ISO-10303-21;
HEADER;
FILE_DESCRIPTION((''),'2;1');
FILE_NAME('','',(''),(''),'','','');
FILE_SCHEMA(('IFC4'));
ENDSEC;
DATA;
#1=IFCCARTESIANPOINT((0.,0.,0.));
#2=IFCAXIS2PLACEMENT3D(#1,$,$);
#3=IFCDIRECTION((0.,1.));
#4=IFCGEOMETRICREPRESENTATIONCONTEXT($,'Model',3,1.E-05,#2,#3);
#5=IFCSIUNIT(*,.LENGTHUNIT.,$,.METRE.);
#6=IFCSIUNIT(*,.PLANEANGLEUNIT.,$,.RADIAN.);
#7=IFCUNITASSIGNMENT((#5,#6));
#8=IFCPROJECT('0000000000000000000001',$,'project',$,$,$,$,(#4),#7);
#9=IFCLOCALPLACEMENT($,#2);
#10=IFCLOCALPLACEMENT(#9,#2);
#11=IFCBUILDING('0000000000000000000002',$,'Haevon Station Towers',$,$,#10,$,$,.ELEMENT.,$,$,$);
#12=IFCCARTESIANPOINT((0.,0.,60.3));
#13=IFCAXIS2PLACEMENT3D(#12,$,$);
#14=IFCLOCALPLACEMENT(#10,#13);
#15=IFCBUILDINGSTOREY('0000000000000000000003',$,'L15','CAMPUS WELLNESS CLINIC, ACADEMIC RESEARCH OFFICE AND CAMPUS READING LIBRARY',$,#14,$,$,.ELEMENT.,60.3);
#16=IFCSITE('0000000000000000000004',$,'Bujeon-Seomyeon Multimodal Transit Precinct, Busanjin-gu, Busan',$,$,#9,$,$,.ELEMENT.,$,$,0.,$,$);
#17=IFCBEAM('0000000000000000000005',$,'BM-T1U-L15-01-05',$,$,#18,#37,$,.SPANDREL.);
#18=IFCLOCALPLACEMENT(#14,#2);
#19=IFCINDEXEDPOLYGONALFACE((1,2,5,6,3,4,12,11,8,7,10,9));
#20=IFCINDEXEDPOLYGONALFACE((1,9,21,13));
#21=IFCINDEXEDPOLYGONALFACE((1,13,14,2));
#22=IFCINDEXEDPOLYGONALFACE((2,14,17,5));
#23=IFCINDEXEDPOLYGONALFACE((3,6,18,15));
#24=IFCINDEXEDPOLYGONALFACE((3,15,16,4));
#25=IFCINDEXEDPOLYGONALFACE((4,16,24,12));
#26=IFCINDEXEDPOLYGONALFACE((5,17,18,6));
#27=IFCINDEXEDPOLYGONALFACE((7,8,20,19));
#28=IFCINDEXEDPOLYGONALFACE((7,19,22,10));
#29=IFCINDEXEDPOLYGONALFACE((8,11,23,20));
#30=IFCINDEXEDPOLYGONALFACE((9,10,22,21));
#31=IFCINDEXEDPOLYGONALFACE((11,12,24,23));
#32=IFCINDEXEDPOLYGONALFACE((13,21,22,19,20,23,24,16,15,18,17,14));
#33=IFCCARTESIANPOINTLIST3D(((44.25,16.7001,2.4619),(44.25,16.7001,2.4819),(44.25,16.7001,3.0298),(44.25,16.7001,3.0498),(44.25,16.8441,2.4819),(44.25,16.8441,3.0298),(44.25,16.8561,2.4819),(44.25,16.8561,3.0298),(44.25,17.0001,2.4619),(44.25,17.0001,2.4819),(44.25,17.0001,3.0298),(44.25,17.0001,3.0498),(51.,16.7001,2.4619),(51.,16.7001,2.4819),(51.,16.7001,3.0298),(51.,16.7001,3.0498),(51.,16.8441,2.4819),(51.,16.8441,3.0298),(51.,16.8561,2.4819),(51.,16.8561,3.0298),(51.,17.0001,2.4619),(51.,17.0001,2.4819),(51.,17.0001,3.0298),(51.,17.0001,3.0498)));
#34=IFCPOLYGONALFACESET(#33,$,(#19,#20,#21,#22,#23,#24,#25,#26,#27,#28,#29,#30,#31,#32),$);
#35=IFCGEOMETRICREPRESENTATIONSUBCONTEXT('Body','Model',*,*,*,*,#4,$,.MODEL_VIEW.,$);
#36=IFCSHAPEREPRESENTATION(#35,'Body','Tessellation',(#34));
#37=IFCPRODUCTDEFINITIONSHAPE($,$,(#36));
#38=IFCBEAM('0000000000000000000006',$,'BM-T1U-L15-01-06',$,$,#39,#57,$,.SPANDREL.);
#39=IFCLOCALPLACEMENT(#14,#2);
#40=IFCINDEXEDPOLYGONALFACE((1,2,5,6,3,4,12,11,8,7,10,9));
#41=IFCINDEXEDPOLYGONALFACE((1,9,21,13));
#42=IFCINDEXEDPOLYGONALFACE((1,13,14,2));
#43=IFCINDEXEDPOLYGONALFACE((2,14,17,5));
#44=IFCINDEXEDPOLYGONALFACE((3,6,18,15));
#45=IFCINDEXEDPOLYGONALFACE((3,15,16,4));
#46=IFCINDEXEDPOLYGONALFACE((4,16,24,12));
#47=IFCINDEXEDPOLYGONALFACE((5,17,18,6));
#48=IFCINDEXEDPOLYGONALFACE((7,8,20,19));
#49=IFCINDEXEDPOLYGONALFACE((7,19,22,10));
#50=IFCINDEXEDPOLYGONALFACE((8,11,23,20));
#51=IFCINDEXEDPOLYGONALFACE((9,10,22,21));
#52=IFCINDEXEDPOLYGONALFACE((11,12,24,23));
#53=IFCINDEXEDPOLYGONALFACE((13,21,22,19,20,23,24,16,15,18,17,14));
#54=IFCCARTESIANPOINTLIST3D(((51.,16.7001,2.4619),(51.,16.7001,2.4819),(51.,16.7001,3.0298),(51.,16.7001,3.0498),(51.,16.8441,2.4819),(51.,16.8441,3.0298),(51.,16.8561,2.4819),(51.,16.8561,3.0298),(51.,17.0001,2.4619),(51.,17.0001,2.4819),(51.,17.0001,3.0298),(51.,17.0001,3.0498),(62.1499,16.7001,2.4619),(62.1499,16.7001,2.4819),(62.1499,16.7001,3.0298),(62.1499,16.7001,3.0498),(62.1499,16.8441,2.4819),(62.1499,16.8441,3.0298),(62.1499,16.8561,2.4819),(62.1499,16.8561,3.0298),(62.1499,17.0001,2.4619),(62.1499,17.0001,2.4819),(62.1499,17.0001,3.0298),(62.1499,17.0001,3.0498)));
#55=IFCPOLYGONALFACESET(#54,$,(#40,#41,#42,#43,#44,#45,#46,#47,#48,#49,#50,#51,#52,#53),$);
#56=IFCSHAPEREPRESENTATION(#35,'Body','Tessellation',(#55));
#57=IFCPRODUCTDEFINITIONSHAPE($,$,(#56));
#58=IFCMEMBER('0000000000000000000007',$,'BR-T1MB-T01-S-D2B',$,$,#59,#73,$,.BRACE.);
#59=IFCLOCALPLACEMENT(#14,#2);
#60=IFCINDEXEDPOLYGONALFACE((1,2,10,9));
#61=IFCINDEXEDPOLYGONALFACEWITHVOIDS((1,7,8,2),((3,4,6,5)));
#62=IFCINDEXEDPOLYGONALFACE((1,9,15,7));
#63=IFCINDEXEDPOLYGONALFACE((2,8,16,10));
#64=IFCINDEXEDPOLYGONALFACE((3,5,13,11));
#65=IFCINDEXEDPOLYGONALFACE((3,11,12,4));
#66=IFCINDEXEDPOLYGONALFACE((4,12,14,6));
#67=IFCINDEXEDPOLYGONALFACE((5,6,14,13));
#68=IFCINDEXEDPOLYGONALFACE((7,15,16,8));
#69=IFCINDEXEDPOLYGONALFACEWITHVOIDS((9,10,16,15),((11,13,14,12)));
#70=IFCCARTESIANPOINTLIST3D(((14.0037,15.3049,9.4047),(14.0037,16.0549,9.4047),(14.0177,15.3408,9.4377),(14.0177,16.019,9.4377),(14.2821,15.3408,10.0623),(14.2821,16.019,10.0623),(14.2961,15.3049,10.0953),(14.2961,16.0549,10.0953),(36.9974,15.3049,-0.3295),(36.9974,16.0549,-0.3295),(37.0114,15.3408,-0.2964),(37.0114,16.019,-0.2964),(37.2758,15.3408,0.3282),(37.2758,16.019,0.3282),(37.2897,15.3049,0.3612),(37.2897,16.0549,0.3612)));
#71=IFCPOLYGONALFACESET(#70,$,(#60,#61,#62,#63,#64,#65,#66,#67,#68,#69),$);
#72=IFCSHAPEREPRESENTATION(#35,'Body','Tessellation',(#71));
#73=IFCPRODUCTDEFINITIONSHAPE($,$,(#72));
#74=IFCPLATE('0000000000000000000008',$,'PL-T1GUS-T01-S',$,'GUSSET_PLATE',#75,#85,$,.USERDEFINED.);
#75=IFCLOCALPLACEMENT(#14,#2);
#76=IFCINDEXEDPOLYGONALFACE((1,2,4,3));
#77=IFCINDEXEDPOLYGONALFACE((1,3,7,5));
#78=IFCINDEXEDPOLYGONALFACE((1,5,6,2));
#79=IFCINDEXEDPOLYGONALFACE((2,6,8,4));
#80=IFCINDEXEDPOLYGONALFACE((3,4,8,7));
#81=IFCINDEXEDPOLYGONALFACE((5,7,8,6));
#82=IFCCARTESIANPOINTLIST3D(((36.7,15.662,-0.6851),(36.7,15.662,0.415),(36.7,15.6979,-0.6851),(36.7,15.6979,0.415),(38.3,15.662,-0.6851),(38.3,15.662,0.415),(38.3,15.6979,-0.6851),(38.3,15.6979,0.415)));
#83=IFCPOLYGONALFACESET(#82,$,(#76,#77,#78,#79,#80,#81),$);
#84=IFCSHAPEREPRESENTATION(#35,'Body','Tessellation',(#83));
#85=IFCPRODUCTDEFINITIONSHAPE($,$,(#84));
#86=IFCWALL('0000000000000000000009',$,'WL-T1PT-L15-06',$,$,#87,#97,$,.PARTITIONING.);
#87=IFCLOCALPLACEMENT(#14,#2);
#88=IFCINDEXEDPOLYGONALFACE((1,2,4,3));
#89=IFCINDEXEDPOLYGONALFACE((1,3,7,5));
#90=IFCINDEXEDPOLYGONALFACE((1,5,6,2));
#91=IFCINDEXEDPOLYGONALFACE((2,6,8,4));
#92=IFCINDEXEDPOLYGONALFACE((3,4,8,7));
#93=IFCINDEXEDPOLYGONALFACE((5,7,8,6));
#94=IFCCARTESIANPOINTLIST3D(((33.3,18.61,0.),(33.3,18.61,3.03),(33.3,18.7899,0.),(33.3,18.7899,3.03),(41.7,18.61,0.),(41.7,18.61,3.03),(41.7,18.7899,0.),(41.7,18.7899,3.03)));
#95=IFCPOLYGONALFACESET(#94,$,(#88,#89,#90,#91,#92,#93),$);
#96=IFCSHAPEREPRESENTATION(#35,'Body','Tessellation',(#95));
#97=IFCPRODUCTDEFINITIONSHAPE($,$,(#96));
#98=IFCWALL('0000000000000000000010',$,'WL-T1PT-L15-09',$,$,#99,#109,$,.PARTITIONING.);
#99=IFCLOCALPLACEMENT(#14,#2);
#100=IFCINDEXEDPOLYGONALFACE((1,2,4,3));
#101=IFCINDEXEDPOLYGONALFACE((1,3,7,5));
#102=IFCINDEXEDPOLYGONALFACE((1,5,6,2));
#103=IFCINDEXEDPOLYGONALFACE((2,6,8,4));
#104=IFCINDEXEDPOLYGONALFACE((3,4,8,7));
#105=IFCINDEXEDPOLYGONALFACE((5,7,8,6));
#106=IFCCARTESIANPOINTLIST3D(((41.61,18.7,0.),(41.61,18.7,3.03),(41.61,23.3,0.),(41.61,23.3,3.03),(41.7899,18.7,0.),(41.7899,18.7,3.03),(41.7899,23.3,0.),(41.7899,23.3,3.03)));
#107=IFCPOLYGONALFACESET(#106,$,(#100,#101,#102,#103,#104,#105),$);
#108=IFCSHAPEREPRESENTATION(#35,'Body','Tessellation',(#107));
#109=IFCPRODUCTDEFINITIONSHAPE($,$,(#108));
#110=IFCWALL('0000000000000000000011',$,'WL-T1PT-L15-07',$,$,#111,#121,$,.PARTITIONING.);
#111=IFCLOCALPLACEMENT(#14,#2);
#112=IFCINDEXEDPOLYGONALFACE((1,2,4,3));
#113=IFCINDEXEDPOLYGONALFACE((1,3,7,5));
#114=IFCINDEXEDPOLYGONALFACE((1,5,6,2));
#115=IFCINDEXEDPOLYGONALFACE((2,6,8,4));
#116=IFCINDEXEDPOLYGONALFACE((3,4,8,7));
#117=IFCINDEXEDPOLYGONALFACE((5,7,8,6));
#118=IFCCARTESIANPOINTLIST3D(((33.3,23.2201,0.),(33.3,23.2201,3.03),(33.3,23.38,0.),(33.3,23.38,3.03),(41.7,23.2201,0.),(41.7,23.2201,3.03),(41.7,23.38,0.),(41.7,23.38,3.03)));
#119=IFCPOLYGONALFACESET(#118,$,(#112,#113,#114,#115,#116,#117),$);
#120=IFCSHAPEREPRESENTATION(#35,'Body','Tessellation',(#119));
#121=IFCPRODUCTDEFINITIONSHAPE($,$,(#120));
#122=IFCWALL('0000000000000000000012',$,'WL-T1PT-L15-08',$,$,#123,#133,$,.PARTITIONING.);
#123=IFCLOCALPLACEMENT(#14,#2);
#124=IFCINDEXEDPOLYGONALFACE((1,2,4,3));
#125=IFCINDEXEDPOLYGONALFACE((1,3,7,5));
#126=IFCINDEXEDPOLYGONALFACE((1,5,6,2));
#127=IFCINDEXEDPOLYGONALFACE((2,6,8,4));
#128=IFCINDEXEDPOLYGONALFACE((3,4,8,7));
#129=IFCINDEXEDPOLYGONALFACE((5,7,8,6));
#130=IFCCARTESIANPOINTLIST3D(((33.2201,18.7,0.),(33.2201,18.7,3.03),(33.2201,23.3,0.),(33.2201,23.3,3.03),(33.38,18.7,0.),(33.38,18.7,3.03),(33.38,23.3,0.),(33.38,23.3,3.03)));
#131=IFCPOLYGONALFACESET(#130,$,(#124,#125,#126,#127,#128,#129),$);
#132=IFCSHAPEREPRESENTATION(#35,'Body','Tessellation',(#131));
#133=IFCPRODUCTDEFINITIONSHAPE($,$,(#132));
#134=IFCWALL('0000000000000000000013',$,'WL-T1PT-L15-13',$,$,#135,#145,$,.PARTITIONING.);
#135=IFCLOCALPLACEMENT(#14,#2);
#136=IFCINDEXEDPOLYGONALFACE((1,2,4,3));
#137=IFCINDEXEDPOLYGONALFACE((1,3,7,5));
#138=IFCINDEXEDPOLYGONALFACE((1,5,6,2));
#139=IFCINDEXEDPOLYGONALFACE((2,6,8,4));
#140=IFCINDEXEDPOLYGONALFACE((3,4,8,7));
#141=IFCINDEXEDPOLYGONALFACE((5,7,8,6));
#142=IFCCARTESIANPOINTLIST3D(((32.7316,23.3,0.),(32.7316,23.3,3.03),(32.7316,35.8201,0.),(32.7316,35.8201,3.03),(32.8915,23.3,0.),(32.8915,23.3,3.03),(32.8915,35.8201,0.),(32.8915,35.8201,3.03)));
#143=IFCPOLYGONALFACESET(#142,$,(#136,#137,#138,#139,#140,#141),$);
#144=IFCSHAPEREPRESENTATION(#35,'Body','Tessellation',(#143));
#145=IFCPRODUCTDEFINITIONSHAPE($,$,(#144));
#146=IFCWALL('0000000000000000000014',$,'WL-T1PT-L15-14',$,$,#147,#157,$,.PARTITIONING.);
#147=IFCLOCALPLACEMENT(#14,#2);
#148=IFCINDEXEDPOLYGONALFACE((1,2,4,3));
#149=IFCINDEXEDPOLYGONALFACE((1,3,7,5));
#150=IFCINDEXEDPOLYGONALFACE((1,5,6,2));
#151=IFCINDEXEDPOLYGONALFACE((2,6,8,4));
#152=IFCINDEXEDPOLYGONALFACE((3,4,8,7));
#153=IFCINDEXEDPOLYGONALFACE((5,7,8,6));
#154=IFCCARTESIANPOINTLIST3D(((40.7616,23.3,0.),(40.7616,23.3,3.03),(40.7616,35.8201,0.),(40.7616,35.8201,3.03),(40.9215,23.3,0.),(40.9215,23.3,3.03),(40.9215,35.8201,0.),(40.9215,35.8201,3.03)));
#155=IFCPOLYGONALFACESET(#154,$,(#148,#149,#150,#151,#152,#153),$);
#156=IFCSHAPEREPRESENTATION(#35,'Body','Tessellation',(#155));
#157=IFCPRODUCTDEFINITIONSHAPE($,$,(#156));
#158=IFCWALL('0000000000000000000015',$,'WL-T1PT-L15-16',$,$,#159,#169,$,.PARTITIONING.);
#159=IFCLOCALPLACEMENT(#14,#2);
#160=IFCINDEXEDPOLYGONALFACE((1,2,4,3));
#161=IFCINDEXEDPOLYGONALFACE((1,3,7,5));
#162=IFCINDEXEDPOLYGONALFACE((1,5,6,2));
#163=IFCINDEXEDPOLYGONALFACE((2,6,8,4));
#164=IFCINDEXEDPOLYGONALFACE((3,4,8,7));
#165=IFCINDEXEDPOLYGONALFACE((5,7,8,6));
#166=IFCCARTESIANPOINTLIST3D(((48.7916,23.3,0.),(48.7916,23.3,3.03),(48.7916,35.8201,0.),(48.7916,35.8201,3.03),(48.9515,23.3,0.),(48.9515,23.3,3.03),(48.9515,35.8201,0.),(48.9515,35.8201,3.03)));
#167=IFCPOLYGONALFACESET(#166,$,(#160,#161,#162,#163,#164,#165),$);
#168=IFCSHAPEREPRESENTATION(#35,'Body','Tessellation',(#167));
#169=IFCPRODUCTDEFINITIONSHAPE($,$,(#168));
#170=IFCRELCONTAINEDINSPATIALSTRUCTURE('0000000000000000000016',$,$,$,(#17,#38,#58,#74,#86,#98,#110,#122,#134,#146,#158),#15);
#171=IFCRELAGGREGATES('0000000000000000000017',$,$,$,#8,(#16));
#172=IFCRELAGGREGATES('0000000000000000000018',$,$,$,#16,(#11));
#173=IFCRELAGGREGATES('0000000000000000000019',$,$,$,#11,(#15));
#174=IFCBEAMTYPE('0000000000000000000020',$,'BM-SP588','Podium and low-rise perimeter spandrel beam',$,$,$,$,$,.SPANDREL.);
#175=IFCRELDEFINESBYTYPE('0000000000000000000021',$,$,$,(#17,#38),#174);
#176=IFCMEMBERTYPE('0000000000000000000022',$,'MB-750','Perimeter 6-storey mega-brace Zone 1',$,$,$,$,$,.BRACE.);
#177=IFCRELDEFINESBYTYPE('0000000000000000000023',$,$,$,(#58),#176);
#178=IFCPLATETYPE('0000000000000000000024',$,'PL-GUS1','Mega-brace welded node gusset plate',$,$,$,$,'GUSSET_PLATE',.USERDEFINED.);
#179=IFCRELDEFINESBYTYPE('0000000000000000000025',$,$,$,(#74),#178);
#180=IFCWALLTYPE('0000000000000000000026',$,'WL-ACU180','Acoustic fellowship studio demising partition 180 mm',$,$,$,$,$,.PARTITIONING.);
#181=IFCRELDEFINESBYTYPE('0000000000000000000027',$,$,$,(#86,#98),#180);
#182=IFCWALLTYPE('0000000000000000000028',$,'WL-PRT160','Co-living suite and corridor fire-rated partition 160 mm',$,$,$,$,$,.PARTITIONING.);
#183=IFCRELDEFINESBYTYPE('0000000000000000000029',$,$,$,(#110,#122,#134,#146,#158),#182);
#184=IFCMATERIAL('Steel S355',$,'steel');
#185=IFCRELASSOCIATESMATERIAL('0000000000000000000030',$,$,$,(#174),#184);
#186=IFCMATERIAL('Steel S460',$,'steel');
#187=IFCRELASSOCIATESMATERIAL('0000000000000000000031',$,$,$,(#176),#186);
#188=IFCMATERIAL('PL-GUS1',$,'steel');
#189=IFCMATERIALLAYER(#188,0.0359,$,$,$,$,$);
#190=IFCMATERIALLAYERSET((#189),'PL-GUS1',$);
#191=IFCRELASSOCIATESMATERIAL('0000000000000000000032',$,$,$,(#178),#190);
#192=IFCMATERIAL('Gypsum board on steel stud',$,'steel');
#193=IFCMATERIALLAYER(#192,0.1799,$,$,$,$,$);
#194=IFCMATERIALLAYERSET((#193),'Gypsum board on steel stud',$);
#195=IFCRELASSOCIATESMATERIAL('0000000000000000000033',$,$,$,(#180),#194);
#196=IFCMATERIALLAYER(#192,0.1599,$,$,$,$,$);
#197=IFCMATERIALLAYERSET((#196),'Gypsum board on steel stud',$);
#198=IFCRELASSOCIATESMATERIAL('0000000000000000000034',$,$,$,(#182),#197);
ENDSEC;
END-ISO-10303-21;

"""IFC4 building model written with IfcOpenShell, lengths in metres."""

from ifc_helpers import new_model, si_unit, direction, frame, frame_2d, origin, origin_2d, place, context, subcontext, project, spatial, rectangle, hollow_rectangle, i_section, extrude, material, layer, layer_set, material_profile, profile_set, type_object, element, save


model = new_model("IFC4")

# Units and contexts
model_context = context("Model", 3, precision=1e-05, world=origin(), true_north=direction((0.0, 1.0)))
body_context = subcontext(model_context, "Body", "Model", "MODEL_VIEW")
ifc_project = project(units=[si_unit("LENGTHUNIT", "METRE"), si_unit("PLANEANGLEUNIT", "RADIAN")], contexts=[model_context])

# Site, building, storey
site_placement = place(None, origin())
site = spatial("IfcSite", under=ifc_project, at=site_placement, Name="Bujeon-Seomyeon Multimodal Transit Precinct, Busanjin-gu, Busan", CompositionType="ELEMENT", RefElevation=0.0)
building_placement = place(site_placement, origin())
building = spatial("IfcBuilding", under=site, at=building_placement, Name="Haevon Station Towers", CompositionType="ELEMENT")
storey_placement = place(building_placement, frame((0.0, 0.0, 60.3)))
storey = spatial("IfcBuildingStorey", under=building, at=storey_placement, Name="L15", Description="CAMPUS WELLNESS CLINIC, ACADEMIC RESEARCH OFFICE AND CAMPUS READING LIBRARY", CompositionType="ELEMENT", Elevation=60.3)

# Shared definitions
ifc_material_1 = material(Name="Steel S460", Category="steel")

# Beams
ifc_material_2 = material(Name="Steel S355", Category="steel")
ifc_material_profile_1 = material_profile(ifc_material_2, i_section(OverallWidth=0.3, OverallDepth=0.5879, WebThickness=0.012, FlangeThickness=0.02, at=origin_2d()), Name="H-588x300x12x20")
ifc_profile_set_1 = profile_set([ifc_material_profile_1], Name="Steel S355")
beam_type_1 = type_object("IfcBeamType", Name="BM-SP588", Description="Podium and low-rise perimeter spandrel beam", PredefinedType="SPANDREL", material=ifc_profile_set_1)
for number, where, z_axis, x_axis, name in (
    (1, (44.25, 16.8501, 2.7559), (1.0, 0.0, 0.0), (0.0, 1.0, 0.0), "BM-T1U-L15-01-05"),
):
    element("IfcBeam", number, at=place(storey_placement, frame(where, z_axis=z_axis, x_axis=x_axis)), inside=storey, type_object=beam_type_1, Name=name, PredefinedType="SPANDREL", context=body_context, shape_type="SweptSolid", body=[
        extrude(i_section(OverallWidth=0.3, OverallDepth=0.5879, WebThickness=0.012, FlangeThickness=0.02, at=origin_2d()), origin(), (0.0, 0.0, 1.0), 6.75),
    ])
beam_1_placement = place(storey_placement, frame((51.0, 16.8501, 2.7559), z_axis=(1.0, 0.0, 0.0), x_axis=(0.0, 1.0, 0.0)))
element("IfcBeam", 2, at=beam_1_placement, inside=storey, type_object=beam_type_1, Name="BM-T1U-L15-01-06", PredefinedType="SPANDREL", context=body_context, shape_type="SweptSolid", body=[
    extrude(i_section(OverallWidth=0.3, OverallDepth=0.5879, WebThickness=0.012, FlangeThickness=0.02, at=origin_2d()), origin(), (0.0, 0.0, 1.0), 11.1499),
])

# Member
ifc_material_profile_2 = material_profile(ifc_material_1, hollow_rectangle(XDim=0.75, YDim=0.75, WallThickness=0.0359, at=origin_2d()), Name="RHS-750x750x36")
ifc_profile_set_2 = profile_set([ifc_material_profile_2], Name="Steel S460")
member_type = type_object("IfcMemberType", Name="MB-750", Description="Perimeter 6-storey mega-brace Zone 1", PredefinedType="BRACE", material=ifc_profile_set_2)
member_placement = place(storey_placement, frame((37.1436, 15.6799, 0.0159), z_axis=(-0.92088, 0.0, 0.389845), x_axis=(0.0, -1.0, 0.0)))
element("IfcMember", 3, at=member_placement, inside=storey, type_object=member_type, Name="BR-T1MB-T01-S-D2B", PredefinedType="BRACE", context=body_context, shape_type="SweptSolid", body=[
    extrude(hollow_rectangle(XDim=0.75, YDim=0.75, WallThickness=0.0359, at=origin_2d()), origin(), (0.0, 0.0, 1.0), 24.9692),
])

# Plate
ifc_material_3 = material(Name="PL-GUS1", Category="steel")
ifc_layer_1 = layer(ifc_material_3, 0.0359)
ifc_layer_set_1 = layer_set([ifc_layer_1], Name="PL-GUS1")
plate_type = type_object("IfcPlateType", Name="PL-GUS1", Description="Mega-brace welded node gusset plate", ElementType="GUSSET_PLATE", PredefinedType="USERDEFINED", material=ifc_layer_set_1)
plate_placement = place(storey_placement, frame((37.5, 15.6799, -0.6851), z_axis=(0.0, 0.0, 1.0), x_axis=(1.0, 0.0, 0.0)))
element("IfcPlate", 4, at=plate_placement, inside=storey, type_object=plate_type, Name="PL-T1GUS-T01-S", ObjectType="GUSSET_PLATE", PredefinedType="USERDEFINED", context=body_context, shape_type="SweptSolid", body=[
    extrude(rectangle(XDim=1.6001, YDim=0.0359, at=origin_2d()), origin(), (0.0, 0.0, 1.0), 1.1001),
])

# Walls
ifc_material_4 = material(Name="Gypsum board on steel stud", Category="steel")
ifc_layer_2 = layer(ifc_material_4, 0.1799)
ifc_layer_set_2 = layer_set([ifc_layer_2], Name="Gypsum board on steel stud")
wall_type_1 = type_object("IfcWallType", Name="WL-ACU180", Description="Acoustic fellowship studio demising partition 180 mm", PredefinedType="PARTITIONING", material=ifc_layer_set_2)
wall_1_placement = place(storey_placement, frame((33.3, 18.7, 0.0), z_axis=(0.0, 0.0, 1.0), x_axis=(1.0, 0.0, 0.0)))
element("IfcWall", 5, at=wall_1_placement, inside=storey, type_object=wall_type_1, Name="WL-T1PT-L15-06", PredefinedType="PARTITIONING", context=body_context, shape_type="SweptSolid", body=[
    extrude(rectangle(XDim=8.3999, YDim=0.1799, at=frame_2d((4.2, 0.0))), origin(), (0.0, 0.0, 1.0), 3.03),
])
wall_2_placement = place(storey_placement, frame((41.7, 18.7, 0.0), z_axis=(0.0, 0.0, 1.0), x_axis=(0.0, 1.0, 0.0)))
element("IfcWall", 6, at=wall_2_placement, inside=storey, type_object=wall_type_1, Name="WL-T1PT-L15-09", PredefinedType="PARTITIONING", context=body_context, shape_type="SweptSolid", body=[
    extrude(rectangle(XDim=4.6001, YDim=0.1799, at=frame_2d((2.3, 0.0))), origin(), (0.0, 0.0, 1.0), 3.03),
])
ifc_layer_3 = layer(ifc_material_4, 0.1599)
ifc_layer_set_3 = layer_set([ifc_layer_3], Name="Gypsum board on steel stud")
wall_type_2 = type_object("IfcWallType", Name="WL-PRT160", Description="Co-living suite and corridor fire-rated partition 160 mm", PredefinedType="PARTITIONING", material=ifc_layer_set_3)
wall_3_placement = place(storey_placement, frame((33.3, 23.3, 0.0), z_axis=(0.0, 0.0, 1.0), x_axis=(1.0, 0.0, 0.0)))
element("IfcWall", 7, at=wall_3_placement, inside=storey, type_object=wall_type_2, Name="WL-T1PT-L15-07", PredefinedType="PARTITIONING", context=body_context, shape_type="SweptSolid", body=[
    extrude(rectangle(XDim=8.3999, YDim=0.1599, at=frame_2d((4.2, 0.0))), origin(), (0.0, 0.0, 1.0), 3.03),
])
wall_4_placement = place(storey_placement, frame((33.3, 18.7, 0.0), z_axis=(0.0, 0.0, 1.0), x_axis=(0.0, 1.0, 0.0)))
element("IfcWall", 8, at=wall_4_placement, inside=storey, type_object=wall_type_2, Name="WL-T1PT-L15-08", PredefinedType="PARTITIONING", context=body_context, shape_type="SweptSolid", body=[
    extrude(rectangle(XDim=4.6001, YDim=0.1599, at=frame_2d((2.3, 0.0))), origin(), (0.0, 0.0, 1.0), 3.03),
])
for number, where, z_axis, x_axis, name in (
    (9, (32.8115, 23.3, 0.0), (0.0, 0.0, 1.0), (0.0, 1.0, 0.0), "WL-T1PT-L15-13"),
    (10, (40.8416, 23.3, 0.0), (0.0, 0.0, 1.0), (0.0, 1.0, 0.0), "WL-T1PT-L15-14"),
    (11, (48.8716, 23.3, 0.0), (0.0, 0.0, 1.0), (0.0, 1.0, 0.0), "WL-T1PT-L15-16"),
):
    element("IfcWall", number, at=place(storey_placement, frame(where, z_axis=z_axis, x_axis=x_axis)), inside=storey, type_object=wall_type_2, Name=name, PredefinedType="PARTITIONING", context=body_context, shape_type="SweptSolid", body=[
        extrude(rectangle(XDim=12.52, YDim=0.1599, at=frame_2d((6.26, 0.0))), origin(), (0.0, 0.0, 1.0), 3.03),
    ])

save(model, "model.ifc")
